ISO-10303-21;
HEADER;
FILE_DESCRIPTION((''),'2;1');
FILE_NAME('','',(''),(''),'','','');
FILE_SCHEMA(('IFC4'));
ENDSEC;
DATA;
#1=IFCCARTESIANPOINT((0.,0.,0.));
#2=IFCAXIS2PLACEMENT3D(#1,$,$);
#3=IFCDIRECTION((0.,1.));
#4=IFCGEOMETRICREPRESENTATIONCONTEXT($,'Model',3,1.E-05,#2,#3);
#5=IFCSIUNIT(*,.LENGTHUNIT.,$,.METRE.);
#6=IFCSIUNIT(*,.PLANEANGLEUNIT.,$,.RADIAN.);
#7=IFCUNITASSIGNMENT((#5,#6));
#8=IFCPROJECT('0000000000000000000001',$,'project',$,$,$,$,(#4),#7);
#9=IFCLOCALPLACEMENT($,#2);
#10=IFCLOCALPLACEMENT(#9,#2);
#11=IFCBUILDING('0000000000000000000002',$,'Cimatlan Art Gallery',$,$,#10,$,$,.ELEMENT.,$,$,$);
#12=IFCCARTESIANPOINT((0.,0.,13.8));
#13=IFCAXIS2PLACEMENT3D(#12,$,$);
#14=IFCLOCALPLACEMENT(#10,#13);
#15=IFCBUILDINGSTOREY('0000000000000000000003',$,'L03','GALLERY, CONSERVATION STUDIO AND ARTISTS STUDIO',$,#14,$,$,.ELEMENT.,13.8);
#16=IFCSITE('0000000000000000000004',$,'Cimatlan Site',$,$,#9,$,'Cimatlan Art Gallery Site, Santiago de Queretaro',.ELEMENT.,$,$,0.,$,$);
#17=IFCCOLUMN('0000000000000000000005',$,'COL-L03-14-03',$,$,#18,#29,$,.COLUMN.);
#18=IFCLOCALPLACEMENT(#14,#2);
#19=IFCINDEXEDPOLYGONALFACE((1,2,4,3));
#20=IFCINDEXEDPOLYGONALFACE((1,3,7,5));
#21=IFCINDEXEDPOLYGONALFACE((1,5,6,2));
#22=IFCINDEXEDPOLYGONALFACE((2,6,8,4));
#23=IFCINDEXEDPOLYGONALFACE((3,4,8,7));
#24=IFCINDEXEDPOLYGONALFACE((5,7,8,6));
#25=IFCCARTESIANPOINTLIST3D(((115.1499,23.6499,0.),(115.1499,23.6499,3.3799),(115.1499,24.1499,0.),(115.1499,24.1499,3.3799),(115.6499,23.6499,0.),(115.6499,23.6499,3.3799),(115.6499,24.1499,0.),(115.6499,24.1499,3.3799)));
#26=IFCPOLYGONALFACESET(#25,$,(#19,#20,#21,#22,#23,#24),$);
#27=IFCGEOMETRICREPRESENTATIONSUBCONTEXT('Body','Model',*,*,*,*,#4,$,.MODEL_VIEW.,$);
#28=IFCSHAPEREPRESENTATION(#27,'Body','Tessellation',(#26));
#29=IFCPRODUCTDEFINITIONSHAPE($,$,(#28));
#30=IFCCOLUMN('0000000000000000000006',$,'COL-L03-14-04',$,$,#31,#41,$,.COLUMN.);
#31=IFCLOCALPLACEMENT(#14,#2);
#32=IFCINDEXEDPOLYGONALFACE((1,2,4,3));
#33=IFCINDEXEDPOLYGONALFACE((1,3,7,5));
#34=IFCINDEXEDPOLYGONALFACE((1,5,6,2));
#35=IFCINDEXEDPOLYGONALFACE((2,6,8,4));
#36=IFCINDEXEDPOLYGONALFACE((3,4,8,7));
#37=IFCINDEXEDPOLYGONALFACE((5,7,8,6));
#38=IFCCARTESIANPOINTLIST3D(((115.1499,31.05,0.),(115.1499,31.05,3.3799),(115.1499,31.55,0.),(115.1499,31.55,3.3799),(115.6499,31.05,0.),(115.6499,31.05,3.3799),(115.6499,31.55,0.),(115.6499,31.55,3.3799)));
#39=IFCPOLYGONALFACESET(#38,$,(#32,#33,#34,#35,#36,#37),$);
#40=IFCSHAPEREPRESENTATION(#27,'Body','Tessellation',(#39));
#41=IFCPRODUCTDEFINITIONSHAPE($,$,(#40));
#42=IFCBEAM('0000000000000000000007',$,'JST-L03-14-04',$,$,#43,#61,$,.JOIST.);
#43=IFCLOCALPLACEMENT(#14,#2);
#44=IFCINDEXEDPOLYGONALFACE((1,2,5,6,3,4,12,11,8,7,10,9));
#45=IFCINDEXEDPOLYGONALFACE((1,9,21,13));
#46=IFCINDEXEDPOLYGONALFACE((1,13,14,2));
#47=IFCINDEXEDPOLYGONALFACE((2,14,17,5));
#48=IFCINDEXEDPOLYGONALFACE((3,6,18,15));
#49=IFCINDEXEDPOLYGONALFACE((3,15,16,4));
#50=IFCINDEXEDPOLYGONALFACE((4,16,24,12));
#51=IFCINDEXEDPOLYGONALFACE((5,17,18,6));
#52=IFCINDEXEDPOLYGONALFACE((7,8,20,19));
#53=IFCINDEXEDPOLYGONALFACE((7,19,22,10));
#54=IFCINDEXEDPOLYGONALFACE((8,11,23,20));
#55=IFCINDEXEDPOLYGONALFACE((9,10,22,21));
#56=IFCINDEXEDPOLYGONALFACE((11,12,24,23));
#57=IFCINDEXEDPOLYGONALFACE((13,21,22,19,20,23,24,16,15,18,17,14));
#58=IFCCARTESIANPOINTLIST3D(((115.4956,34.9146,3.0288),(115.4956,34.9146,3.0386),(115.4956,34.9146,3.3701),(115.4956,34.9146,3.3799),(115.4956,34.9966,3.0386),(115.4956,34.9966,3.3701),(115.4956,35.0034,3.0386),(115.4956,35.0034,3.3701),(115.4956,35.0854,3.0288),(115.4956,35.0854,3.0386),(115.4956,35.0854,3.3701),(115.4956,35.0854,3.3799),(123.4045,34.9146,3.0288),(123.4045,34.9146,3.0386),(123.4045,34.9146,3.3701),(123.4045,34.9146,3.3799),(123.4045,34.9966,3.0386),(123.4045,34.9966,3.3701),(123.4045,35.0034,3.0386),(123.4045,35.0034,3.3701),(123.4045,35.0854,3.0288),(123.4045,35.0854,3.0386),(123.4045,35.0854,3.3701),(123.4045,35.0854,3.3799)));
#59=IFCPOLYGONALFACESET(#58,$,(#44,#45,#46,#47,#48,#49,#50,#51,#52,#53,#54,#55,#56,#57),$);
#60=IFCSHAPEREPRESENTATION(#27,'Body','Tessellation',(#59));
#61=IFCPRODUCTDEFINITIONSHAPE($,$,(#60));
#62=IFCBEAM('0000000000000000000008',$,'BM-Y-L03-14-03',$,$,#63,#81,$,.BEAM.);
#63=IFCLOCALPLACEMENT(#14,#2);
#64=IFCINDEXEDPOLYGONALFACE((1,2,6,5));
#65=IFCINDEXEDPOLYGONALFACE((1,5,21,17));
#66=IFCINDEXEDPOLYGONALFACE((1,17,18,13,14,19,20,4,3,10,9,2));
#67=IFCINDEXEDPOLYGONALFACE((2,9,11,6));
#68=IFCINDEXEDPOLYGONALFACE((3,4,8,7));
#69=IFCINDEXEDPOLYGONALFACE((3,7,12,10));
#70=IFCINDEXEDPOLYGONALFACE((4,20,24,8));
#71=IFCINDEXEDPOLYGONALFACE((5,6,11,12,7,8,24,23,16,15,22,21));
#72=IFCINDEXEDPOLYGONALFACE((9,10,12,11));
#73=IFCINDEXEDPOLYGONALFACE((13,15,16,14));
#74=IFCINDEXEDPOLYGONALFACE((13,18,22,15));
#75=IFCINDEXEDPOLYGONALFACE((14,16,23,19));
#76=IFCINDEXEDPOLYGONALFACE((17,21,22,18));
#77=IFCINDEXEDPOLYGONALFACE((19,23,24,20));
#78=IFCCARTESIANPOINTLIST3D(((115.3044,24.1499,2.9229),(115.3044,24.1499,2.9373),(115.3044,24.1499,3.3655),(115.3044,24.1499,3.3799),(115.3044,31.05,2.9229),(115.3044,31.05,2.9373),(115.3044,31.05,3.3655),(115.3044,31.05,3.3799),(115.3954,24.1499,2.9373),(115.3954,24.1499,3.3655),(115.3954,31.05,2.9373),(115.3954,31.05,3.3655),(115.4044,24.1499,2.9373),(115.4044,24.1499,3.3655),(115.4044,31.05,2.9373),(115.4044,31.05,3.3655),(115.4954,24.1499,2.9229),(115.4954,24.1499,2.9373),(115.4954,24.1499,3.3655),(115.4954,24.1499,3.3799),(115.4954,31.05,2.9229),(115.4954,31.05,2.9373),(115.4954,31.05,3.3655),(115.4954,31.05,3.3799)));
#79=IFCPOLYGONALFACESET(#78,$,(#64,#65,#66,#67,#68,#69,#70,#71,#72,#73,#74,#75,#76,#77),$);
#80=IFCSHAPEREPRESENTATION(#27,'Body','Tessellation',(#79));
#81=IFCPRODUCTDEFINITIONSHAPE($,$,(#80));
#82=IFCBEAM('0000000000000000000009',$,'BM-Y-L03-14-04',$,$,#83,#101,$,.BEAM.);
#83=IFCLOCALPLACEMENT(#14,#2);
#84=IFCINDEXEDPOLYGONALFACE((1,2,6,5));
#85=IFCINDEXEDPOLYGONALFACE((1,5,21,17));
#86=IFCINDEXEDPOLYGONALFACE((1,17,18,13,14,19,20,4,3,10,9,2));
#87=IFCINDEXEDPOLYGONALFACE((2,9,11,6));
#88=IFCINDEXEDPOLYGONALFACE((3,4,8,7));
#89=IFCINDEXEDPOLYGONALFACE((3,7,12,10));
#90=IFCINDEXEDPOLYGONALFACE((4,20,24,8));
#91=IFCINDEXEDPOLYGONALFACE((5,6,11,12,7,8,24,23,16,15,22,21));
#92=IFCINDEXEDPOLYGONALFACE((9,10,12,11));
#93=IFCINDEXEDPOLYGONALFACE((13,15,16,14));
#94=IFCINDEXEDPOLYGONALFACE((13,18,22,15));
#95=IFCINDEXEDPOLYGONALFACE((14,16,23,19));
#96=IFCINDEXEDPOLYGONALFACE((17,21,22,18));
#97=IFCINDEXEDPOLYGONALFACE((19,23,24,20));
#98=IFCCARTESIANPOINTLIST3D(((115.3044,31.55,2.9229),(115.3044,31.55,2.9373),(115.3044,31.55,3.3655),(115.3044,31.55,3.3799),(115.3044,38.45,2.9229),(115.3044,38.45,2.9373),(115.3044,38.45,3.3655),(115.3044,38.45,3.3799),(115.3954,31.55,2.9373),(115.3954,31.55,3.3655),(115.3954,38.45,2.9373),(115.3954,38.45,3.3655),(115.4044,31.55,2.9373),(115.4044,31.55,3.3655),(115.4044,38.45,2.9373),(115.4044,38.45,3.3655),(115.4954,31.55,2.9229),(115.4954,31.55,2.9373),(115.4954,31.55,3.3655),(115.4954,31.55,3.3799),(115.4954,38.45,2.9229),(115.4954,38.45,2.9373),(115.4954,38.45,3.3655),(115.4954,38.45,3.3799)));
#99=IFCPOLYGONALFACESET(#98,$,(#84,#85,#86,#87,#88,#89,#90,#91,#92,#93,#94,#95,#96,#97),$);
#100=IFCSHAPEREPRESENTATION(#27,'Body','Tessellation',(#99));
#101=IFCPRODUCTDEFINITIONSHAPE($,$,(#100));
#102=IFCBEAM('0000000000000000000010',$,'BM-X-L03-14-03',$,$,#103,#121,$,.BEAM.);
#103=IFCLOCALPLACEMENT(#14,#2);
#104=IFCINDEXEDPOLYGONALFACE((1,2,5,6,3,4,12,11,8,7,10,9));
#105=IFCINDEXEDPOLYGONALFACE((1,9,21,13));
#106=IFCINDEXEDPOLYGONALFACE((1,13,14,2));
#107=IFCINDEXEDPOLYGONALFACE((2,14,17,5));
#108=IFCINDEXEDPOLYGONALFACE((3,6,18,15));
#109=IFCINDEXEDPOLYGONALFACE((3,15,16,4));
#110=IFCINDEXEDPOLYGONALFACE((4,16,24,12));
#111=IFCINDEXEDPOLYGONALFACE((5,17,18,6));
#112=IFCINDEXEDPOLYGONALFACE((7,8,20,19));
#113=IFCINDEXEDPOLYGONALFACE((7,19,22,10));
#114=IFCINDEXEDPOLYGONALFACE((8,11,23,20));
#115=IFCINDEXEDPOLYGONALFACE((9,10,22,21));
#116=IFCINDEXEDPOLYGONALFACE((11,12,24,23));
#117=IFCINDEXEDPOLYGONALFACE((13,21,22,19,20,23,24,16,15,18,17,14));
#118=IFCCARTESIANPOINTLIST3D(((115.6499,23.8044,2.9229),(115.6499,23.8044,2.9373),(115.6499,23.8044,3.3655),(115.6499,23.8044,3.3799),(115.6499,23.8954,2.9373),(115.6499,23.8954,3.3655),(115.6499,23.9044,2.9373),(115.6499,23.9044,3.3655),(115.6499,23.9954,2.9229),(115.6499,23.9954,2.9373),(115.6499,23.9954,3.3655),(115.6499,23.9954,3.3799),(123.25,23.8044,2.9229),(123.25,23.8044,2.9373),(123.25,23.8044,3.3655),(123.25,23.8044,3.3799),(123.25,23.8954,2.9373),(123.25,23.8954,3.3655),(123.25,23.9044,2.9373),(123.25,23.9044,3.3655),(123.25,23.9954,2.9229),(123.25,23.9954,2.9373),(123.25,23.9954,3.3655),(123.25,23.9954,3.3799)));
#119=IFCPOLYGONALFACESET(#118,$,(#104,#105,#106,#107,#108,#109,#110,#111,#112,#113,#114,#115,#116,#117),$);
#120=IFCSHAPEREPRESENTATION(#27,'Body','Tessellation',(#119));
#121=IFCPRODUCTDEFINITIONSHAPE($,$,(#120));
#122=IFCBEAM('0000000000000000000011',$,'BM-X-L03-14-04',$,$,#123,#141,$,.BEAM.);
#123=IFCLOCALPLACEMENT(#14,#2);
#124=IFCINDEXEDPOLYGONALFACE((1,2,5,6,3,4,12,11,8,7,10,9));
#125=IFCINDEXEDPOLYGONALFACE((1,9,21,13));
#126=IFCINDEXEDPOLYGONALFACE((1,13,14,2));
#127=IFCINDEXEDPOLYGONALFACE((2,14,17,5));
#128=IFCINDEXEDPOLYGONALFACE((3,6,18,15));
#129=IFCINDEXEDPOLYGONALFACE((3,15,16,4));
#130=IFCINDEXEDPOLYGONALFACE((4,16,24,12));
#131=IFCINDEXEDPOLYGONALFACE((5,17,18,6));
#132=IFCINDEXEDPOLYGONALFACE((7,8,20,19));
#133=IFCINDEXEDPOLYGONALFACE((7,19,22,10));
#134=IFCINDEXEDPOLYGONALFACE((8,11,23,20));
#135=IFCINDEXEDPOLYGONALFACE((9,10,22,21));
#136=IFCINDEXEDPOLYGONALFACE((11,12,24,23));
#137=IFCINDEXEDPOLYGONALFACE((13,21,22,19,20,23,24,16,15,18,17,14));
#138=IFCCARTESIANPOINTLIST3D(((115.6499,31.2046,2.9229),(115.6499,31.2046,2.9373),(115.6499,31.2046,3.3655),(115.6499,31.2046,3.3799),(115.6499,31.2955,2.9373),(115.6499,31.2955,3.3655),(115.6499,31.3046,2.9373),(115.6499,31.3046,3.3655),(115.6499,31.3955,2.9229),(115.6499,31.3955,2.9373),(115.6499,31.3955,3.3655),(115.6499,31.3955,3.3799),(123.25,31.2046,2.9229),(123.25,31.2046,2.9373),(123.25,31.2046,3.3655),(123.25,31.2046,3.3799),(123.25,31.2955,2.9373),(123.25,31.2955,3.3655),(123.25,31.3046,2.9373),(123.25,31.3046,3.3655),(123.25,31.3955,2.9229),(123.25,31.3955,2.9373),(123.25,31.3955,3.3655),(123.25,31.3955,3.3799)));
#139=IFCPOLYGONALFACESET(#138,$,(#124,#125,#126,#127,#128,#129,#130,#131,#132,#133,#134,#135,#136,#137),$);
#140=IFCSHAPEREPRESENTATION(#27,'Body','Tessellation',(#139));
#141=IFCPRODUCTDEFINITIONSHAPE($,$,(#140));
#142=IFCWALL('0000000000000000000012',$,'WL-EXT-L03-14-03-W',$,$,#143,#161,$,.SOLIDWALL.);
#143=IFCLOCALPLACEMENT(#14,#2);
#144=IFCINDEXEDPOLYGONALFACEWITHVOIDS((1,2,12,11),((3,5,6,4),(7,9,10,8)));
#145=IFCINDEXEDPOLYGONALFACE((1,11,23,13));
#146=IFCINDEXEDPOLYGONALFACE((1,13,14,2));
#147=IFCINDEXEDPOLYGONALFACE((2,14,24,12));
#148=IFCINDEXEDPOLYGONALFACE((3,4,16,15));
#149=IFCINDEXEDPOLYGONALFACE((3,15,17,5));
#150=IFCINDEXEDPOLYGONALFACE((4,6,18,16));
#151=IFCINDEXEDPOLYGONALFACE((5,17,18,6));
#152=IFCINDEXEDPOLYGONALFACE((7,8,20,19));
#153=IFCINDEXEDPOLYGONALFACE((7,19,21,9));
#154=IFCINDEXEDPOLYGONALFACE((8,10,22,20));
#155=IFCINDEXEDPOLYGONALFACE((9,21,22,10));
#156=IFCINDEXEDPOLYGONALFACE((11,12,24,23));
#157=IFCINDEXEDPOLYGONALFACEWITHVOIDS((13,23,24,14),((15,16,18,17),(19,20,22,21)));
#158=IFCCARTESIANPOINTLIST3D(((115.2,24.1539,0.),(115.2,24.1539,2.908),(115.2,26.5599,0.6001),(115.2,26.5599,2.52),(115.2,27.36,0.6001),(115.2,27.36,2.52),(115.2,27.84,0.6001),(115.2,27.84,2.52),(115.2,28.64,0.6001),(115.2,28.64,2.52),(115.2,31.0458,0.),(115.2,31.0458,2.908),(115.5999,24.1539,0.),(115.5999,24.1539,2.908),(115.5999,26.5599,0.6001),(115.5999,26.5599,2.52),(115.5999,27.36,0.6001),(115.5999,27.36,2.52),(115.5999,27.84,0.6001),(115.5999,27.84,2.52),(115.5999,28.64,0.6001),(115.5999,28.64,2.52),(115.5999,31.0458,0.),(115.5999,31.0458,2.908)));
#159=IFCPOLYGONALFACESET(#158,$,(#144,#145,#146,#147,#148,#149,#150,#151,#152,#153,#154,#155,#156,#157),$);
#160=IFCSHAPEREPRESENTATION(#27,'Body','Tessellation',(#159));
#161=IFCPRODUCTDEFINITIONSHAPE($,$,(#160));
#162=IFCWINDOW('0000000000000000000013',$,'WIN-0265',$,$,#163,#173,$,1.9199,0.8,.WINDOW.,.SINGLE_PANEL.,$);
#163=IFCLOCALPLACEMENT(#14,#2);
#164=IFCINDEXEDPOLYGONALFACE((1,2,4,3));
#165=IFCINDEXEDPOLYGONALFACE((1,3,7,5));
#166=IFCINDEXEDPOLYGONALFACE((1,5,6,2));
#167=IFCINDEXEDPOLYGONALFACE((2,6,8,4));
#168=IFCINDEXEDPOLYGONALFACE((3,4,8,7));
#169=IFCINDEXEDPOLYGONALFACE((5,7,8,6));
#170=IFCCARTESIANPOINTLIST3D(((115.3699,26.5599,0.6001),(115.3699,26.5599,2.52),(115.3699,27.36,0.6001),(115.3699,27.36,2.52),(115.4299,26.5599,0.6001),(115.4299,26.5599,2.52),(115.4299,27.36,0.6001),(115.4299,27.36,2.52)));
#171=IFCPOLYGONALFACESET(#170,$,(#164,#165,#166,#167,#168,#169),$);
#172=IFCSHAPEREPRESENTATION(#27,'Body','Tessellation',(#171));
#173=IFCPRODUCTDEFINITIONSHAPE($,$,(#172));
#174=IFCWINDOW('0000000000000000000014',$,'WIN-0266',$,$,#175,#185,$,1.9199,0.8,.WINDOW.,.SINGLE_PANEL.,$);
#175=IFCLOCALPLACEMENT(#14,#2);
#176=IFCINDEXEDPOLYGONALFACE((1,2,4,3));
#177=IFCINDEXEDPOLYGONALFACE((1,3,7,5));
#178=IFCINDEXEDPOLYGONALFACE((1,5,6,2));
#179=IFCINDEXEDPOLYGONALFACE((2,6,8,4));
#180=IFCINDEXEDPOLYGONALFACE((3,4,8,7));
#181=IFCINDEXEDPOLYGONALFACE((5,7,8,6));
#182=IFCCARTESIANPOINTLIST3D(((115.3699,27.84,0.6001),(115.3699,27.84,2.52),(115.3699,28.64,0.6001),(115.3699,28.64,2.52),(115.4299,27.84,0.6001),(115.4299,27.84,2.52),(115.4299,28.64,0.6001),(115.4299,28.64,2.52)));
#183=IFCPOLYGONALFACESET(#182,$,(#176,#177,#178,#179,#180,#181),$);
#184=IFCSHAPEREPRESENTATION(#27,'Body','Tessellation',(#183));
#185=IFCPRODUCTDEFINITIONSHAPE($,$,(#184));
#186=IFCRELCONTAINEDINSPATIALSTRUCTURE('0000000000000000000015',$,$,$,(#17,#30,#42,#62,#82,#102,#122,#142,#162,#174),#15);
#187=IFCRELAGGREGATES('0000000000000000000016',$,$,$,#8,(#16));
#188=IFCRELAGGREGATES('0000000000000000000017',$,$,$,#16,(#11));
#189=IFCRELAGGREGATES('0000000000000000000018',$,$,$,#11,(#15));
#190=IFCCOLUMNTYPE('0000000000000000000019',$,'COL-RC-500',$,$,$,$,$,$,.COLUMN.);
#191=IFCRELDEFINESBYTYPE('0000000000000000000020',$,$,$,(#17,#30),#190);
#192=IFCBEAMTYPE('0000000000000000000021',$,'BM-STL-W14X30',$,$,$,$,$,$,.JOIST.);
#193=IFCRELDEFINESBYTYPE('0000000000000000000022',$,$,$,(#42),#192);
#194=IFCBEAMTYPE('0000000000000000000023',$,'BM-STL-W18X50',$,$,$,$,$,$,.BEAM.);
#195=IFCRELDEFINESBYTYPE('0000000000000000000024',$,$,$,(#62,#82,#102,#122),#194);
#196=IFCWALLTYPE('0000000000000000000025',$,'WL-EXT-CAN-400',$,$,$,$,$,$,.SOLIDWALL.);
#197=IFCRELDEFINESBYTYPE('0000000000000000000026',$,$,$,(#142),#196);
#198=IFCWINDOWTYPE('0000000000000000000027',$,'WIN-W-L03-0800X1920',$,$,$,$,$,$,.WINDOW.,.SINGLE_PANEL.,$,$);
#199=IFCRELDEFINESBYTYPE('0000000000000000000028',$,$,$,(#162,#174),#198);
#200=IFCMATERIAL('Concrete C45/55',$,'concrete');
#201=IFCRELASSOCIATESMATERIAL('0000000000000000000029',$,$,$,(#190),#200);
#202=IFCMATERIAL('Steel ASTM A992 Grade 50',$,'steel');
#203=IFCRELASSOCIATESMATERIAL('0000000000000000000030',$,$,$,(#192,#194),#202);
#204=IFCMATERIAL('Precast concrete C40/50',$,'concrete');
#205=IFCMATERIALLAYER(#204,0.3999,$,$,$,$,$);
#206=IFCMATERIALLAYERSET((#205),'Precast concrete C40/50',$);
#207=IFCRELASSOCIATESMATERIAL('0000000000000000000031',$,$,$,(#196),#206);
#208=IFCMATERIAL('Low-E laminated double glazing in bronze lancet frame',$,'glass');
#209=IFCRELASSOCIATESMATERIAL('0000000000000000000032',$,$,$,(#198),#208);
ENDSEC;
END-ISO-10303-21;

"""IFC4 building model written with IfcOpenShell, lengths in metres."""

from ifc_helpers import new_model, si_unit, direction, frame, frame_2d, origin, origin_2d, place, context, subcontext, project, spatial, rectangle, i_section, extrude, material, layer, layer_set, material_profile, profile_set, type_object, element, fill, save


model = new_model("IFC4")

# Units and contexts
model_context = context("Model", 3, precision=1e-05, world=origin(), true_north=direction((0.0, 1.0)))
body_context = subcontext(model_context, "Body", "Model", "MODEL_VIEW")
ifc_project = project(units=[si_unit("LENGTHUNIT", "METRE"), si_unit("PLANEANGLEUNIT", "RADIAN")], contexts=[model_context])

# Site, building, storey
site_placement = place(None, origin())
site = spatial("IfcSite", under=ifc_project, at=site_placement, Name="Cimatlan Site", LongName="Cimatlan Art Gallery Site, Santiago de Queretaro", CompositionType="ELEMENT", RefElevation=0.0)
building_placement = place(site_placement, origin())
building = spatial("IfcBuilding", under=site, at=building_placement, Name="Cimatlan Art Gallery", CompositionType="ELEMENT")
storey_placement = place(building_placement, frame((0.0, 0.0, 13.8)))
storey = spatial("IfcBuildingStorey", under=building, at=storey_placement, Name="L03", Description="GALLERY, CONSERVATION STUDIO AND ARTISTS STUDIO", CompositionType="ELEMENT", Elevation=13.8)

# Columns
ifc_material_1 = material(Name="Concrete C45/55", Category="concrete")
ifc_material_profile_1 = material_profile(ifc_material_1, rectangle(XDim=0.5, YDim=0.5, at=origin_2d()), Name="RC500X500")
ifc_profile_set_1 = profile_set([ifc_material_profile_1], Name="Concrete C45/55")
column_type = type_object("IfcColumnType", Name="COL-RC-500", PredefinedType="COLUMN", material=ifc_profile_set_1)
for number, where, z_axis, x_axis, name in (
    (1, (115.3999, 23.8999, 0.0), (0.0, 0.0, 1.0), (1.0, 0.0, 0.0), "COL-L03-14-03"),
    (2, (115.3999, 31.3, 0.0), (0.0, 0.0, 1.0), (1.0, 0.0, 0.0), "COL-L03-14-04"),
):
    element("IfcColumn", number, at=place(storey_placement, frame(where, z_axis=z_axis, x_axis=x_axis)), inside=storey, type_object=column_type, Name=name, PredefinedType="COLUMN", context=body_context, shape_type="SweptSolid", body=[
        extrude(rectangle(XDim=0.5, YDim=0.5, at=origin_2d()), origin(), (0.0, 0.0, 1.0), 3.3799),
    ])

# Beams
ifc_material_2 = material(Name="Steel ASTM A992 Grade 50", Category="steel")
ifc_material_profile_2 = material_profile(ifc_material_2, i_section(OverallWidth=0.1709, OverallDepth=0.3511, WebThickness=0.0068, FlangeThickness=0.0098, at=origin_2d()), Name="W14X30")
ifc_profile_set_2 = profile_set([ifc_material_profile_2], Name="Steel ASTM A992 Grade 50")
beam_type_1 = type_object("IfcBeamType", Name="BM-STL-W14X30", PredefinedType="JOIST", material=ifc_profile_set_2)
beam_1_placement = place(storey_placement, frame((115.4956, 35.0, 3.2043), z_axis=(1.0, 0.0, 0.0), x_axis=(0.0, 1.0, 0.0)))
element("IfcBeam", 3, at=beam_1_placement, inside=storey, type_object=beam_type_1, Name="JST-L03-14-04", PredefinedType="JOIST", context=body_context, shape_type="SweptSolid", body=[
    extrude(i_section(OverallWidth=0.1709, OverallDepth=0.3511, WebThickness=0.0068, FlangeThickness=0.0098, at=origin_2d()), origin(), (0.0, 0.0, 1.0), 7.9089),
])
ifc_material_profile_3 = material_profile(ifc_material_2, i_section(OverallWidth=0.1909, OverallDepth=0.457, WebThickness=0.009, FlangeThickness=0.0144, at=origin_2d()), Name="W18X50")
ifc_profile_set_3 = profile_set([ifc_material_profile_3], Name="Steel ASTM A992 Grade 50")
beam_type_2 = type_object("IfcBeamType", Name="BM-STL-W18X50", PredefinedType="BEAM", material=ifc_profile_set_3)
beam_2_placement = place(storey_placement, frame((115.3999, 24.1499, 3.1514), z_axis=(0.0, 1.0, 0.0), x_axis=(-1.0, 0.0, 0.0)))
element("IfcBeam", 4, at=beam_2_placement, inside=storey, type_object=beam_type_2, Name="BM-Y-L03-14-03", PredefinedType="BEAM", context=body_context, shape_type="SweptSolid", body=[
    extrude(i_section(OverallWidth=0.1909, OverallDepth=0.457, WebThickness=0.009, FlangeThickness=0.0144, at=origin_2d()), origin(), (0.0, 0.0, 1.0), 6.9001),
])
beam_3_placement = place(storey_placement, frame((115.3999, 31.55, 3.1514), z_axis=(0.0, 1.0, 0.0), x_axis=(-1.0, 0.0, 0.0)))
element("IfcBeam", 5, at=beam_3_placement, inside=storey, type_object=beam_type_2, Name="BM-Y-L03-14-04", PredefinedType="BEAM", context=body_context, shape_type="SweptSolid", body=[
    extrude(i_section(OverallWidth=0.1909, OverallDepth=0.457, WebThickness=0.009, FlangeThickness=0.0144, at=origin_2d()), origin(), (0.0, 0.0, 1.0), 6.8999),
])
for number, where, z_axis, x_axis, name in (
    (6, (115.6499, 23.8999, 3.1514), (1.0, 0.0, 0.0), (0.0, 1.0, 0.0), "BM-X-L03-14-03"),
    (7, (115.6499, 31.3, 3.1514), (1.0, 0.0, 0.0), (0.0, 1.0, 0.0), "BM-X-L03-14-04"),
):
    element("IfcBeam", number, at=place(storey_placement, frame(where, z_axis=z_axis, x_axis=x_axis)), inside=storey, type_object=beam_type_2, Name=name, PredefinedType="BEAM", context=body_context, shape_type="SweptSolid", body=[
        extrude(i_section(OverallWidth=0.1909, OverallDepth=0.457, WebThickness=0.009, FlangeThickness=0.0144, at=origin_2d()), origin(), (0.0, 0.0, 1.0), 7.6001),
    ])

# Wall, openings, windows
ifc_material_3 = material(Name="Precast concrete C40/50", Category="concrete")
ifc_layer_1 = layer(ifc_material_3, 0.3999)
ifc_layer_set_1 = layer_set([ifc_layer_1], Name="Precast concrete C40/50")
wall_type = type_object("IfcWallType", Name="WL-EXT-CAN-400", PredefinedType="SOLIDWALL", material=ifc_layer_set_1)
wall_1_placement = place(storey_placement, frame((115.3999, 24.1541, 0.0), z_axis=(0.0, 0.0, 1.0), x_axis=(0.0, 1.0, 0.0)))
wall_1 = element("IfcWall", 8, at=wall_1_placement, inside=storey, type_object=wall_type, Name="WL-EXT-L03-14-03-W", PredefinedType="SOLIDWALL", context=body_context, shape_type="SweptSolid", body=[
    extrude(rectangle(XDim=6.8918, YDim=0.3999, at=frame_2d((3.4458, 0.0))), origin(), (0.0, 0.0, 1.0), 2.908),
])
opening_1_placement = place(wall_1_placement, frame((2.406, 0.0, 0.6001)))
opening_1 = element("IfcOpeningElement", 9, at=opening_1_placement, cuts=wall_1, PredefinedType="OPENING", context=body_context, shape_type="SweptSolid", body=[
    extrude(rectangle(XDim=0.8, YDim=1.9199, at=frame_2d((0.3999, 0.96))), frame((0.0, 0.21, 0.0), z_axis=(0.0, -1.0, 0.0), x_axis=(1.0, 0.0, 0.0)), (0.0, 0.0, 1.0), 0.4199),
])
opening_2_placement = place(wall_1_placement, frame((3.686, 0.0, 0.6001)))
opening_2 = element("IfcOpeningElement", 10, at=opening_2_placement, cuts=wall_1, PredefinedType="OPENING", context=body_context, shape_type="SweptSolid", body=[
    extrude(rectangle(XDim=0.8, YDim=1.9199, at=frame_2d((0.3999, 0.96))), frame((0.0, 0.21, 0.0), z_axis=(0.0, -1.0, 0.0), x_axis=(1.0, 0.0, 0.0)), (0.0, 0.0, 1.0), 0.4199),
])
ifc_material_4 = material(Name="Low-E laminated double glazing in bronze lancet frame", Category="glass")
window_type = type_object("IfcWindowType", Name="WIN-W-L03-0800X1920", PartitioningType="SINGLE_PANEL", PredefinedType="WINDOW", material=ifc_material_4)
window_1_placement = place(opening_1_placement, origin())
window_1 = element("IfcWindow", 11, at=window_1_placement, inside=storey, type_object=window_type, Name="WIN-0265", OverallHeight=1.9199, OverallWidth=0.8, PartitioningType="SINGLE_PANEL", PredefinedType="WINDOW", context=body_context, shape_type="SweptSolid", body=[
    extrude(rectangle(XDim=0.8, YDim=1.9199, at=frame_2d((0.3999, 0.96))), frame((0.0, 0.03, 0.0), z_axis=(0.0, -1.0, 0.0), x_axis=(1.0, 0.0, 0.0)), (0.0, 0.0, 1.0), 0.0601),
])
fill(opening_1, window_1)
window_2_placement = place(opening_2_placement, origin())
window_2 = element("IfcWindow", 12, at=window_2_placement, inside=storey, type_object=window_type, Name="WIN-0266", OverallHeight=1.9199, OverallWidth=0.8, PartitioningType="SINGLE_PANEL", PredefinedType="WINDOW", context=body_context, shape_type="SweptSolid", body=[
    extrude(rectangle(XDim=0.8, YDim=1.9199, at=frame_2d((0.3999, 0.96))), frame((0.0, 0.03, 0.0), z_axis=(0.0, -1.0, 0.0), x_axis=(1.0, 0.0, 0.0)), (0.0, 0.0, 1.0), 0.0601),
])
fill(opening_2, window_2)

save(model, "model.ifc")
